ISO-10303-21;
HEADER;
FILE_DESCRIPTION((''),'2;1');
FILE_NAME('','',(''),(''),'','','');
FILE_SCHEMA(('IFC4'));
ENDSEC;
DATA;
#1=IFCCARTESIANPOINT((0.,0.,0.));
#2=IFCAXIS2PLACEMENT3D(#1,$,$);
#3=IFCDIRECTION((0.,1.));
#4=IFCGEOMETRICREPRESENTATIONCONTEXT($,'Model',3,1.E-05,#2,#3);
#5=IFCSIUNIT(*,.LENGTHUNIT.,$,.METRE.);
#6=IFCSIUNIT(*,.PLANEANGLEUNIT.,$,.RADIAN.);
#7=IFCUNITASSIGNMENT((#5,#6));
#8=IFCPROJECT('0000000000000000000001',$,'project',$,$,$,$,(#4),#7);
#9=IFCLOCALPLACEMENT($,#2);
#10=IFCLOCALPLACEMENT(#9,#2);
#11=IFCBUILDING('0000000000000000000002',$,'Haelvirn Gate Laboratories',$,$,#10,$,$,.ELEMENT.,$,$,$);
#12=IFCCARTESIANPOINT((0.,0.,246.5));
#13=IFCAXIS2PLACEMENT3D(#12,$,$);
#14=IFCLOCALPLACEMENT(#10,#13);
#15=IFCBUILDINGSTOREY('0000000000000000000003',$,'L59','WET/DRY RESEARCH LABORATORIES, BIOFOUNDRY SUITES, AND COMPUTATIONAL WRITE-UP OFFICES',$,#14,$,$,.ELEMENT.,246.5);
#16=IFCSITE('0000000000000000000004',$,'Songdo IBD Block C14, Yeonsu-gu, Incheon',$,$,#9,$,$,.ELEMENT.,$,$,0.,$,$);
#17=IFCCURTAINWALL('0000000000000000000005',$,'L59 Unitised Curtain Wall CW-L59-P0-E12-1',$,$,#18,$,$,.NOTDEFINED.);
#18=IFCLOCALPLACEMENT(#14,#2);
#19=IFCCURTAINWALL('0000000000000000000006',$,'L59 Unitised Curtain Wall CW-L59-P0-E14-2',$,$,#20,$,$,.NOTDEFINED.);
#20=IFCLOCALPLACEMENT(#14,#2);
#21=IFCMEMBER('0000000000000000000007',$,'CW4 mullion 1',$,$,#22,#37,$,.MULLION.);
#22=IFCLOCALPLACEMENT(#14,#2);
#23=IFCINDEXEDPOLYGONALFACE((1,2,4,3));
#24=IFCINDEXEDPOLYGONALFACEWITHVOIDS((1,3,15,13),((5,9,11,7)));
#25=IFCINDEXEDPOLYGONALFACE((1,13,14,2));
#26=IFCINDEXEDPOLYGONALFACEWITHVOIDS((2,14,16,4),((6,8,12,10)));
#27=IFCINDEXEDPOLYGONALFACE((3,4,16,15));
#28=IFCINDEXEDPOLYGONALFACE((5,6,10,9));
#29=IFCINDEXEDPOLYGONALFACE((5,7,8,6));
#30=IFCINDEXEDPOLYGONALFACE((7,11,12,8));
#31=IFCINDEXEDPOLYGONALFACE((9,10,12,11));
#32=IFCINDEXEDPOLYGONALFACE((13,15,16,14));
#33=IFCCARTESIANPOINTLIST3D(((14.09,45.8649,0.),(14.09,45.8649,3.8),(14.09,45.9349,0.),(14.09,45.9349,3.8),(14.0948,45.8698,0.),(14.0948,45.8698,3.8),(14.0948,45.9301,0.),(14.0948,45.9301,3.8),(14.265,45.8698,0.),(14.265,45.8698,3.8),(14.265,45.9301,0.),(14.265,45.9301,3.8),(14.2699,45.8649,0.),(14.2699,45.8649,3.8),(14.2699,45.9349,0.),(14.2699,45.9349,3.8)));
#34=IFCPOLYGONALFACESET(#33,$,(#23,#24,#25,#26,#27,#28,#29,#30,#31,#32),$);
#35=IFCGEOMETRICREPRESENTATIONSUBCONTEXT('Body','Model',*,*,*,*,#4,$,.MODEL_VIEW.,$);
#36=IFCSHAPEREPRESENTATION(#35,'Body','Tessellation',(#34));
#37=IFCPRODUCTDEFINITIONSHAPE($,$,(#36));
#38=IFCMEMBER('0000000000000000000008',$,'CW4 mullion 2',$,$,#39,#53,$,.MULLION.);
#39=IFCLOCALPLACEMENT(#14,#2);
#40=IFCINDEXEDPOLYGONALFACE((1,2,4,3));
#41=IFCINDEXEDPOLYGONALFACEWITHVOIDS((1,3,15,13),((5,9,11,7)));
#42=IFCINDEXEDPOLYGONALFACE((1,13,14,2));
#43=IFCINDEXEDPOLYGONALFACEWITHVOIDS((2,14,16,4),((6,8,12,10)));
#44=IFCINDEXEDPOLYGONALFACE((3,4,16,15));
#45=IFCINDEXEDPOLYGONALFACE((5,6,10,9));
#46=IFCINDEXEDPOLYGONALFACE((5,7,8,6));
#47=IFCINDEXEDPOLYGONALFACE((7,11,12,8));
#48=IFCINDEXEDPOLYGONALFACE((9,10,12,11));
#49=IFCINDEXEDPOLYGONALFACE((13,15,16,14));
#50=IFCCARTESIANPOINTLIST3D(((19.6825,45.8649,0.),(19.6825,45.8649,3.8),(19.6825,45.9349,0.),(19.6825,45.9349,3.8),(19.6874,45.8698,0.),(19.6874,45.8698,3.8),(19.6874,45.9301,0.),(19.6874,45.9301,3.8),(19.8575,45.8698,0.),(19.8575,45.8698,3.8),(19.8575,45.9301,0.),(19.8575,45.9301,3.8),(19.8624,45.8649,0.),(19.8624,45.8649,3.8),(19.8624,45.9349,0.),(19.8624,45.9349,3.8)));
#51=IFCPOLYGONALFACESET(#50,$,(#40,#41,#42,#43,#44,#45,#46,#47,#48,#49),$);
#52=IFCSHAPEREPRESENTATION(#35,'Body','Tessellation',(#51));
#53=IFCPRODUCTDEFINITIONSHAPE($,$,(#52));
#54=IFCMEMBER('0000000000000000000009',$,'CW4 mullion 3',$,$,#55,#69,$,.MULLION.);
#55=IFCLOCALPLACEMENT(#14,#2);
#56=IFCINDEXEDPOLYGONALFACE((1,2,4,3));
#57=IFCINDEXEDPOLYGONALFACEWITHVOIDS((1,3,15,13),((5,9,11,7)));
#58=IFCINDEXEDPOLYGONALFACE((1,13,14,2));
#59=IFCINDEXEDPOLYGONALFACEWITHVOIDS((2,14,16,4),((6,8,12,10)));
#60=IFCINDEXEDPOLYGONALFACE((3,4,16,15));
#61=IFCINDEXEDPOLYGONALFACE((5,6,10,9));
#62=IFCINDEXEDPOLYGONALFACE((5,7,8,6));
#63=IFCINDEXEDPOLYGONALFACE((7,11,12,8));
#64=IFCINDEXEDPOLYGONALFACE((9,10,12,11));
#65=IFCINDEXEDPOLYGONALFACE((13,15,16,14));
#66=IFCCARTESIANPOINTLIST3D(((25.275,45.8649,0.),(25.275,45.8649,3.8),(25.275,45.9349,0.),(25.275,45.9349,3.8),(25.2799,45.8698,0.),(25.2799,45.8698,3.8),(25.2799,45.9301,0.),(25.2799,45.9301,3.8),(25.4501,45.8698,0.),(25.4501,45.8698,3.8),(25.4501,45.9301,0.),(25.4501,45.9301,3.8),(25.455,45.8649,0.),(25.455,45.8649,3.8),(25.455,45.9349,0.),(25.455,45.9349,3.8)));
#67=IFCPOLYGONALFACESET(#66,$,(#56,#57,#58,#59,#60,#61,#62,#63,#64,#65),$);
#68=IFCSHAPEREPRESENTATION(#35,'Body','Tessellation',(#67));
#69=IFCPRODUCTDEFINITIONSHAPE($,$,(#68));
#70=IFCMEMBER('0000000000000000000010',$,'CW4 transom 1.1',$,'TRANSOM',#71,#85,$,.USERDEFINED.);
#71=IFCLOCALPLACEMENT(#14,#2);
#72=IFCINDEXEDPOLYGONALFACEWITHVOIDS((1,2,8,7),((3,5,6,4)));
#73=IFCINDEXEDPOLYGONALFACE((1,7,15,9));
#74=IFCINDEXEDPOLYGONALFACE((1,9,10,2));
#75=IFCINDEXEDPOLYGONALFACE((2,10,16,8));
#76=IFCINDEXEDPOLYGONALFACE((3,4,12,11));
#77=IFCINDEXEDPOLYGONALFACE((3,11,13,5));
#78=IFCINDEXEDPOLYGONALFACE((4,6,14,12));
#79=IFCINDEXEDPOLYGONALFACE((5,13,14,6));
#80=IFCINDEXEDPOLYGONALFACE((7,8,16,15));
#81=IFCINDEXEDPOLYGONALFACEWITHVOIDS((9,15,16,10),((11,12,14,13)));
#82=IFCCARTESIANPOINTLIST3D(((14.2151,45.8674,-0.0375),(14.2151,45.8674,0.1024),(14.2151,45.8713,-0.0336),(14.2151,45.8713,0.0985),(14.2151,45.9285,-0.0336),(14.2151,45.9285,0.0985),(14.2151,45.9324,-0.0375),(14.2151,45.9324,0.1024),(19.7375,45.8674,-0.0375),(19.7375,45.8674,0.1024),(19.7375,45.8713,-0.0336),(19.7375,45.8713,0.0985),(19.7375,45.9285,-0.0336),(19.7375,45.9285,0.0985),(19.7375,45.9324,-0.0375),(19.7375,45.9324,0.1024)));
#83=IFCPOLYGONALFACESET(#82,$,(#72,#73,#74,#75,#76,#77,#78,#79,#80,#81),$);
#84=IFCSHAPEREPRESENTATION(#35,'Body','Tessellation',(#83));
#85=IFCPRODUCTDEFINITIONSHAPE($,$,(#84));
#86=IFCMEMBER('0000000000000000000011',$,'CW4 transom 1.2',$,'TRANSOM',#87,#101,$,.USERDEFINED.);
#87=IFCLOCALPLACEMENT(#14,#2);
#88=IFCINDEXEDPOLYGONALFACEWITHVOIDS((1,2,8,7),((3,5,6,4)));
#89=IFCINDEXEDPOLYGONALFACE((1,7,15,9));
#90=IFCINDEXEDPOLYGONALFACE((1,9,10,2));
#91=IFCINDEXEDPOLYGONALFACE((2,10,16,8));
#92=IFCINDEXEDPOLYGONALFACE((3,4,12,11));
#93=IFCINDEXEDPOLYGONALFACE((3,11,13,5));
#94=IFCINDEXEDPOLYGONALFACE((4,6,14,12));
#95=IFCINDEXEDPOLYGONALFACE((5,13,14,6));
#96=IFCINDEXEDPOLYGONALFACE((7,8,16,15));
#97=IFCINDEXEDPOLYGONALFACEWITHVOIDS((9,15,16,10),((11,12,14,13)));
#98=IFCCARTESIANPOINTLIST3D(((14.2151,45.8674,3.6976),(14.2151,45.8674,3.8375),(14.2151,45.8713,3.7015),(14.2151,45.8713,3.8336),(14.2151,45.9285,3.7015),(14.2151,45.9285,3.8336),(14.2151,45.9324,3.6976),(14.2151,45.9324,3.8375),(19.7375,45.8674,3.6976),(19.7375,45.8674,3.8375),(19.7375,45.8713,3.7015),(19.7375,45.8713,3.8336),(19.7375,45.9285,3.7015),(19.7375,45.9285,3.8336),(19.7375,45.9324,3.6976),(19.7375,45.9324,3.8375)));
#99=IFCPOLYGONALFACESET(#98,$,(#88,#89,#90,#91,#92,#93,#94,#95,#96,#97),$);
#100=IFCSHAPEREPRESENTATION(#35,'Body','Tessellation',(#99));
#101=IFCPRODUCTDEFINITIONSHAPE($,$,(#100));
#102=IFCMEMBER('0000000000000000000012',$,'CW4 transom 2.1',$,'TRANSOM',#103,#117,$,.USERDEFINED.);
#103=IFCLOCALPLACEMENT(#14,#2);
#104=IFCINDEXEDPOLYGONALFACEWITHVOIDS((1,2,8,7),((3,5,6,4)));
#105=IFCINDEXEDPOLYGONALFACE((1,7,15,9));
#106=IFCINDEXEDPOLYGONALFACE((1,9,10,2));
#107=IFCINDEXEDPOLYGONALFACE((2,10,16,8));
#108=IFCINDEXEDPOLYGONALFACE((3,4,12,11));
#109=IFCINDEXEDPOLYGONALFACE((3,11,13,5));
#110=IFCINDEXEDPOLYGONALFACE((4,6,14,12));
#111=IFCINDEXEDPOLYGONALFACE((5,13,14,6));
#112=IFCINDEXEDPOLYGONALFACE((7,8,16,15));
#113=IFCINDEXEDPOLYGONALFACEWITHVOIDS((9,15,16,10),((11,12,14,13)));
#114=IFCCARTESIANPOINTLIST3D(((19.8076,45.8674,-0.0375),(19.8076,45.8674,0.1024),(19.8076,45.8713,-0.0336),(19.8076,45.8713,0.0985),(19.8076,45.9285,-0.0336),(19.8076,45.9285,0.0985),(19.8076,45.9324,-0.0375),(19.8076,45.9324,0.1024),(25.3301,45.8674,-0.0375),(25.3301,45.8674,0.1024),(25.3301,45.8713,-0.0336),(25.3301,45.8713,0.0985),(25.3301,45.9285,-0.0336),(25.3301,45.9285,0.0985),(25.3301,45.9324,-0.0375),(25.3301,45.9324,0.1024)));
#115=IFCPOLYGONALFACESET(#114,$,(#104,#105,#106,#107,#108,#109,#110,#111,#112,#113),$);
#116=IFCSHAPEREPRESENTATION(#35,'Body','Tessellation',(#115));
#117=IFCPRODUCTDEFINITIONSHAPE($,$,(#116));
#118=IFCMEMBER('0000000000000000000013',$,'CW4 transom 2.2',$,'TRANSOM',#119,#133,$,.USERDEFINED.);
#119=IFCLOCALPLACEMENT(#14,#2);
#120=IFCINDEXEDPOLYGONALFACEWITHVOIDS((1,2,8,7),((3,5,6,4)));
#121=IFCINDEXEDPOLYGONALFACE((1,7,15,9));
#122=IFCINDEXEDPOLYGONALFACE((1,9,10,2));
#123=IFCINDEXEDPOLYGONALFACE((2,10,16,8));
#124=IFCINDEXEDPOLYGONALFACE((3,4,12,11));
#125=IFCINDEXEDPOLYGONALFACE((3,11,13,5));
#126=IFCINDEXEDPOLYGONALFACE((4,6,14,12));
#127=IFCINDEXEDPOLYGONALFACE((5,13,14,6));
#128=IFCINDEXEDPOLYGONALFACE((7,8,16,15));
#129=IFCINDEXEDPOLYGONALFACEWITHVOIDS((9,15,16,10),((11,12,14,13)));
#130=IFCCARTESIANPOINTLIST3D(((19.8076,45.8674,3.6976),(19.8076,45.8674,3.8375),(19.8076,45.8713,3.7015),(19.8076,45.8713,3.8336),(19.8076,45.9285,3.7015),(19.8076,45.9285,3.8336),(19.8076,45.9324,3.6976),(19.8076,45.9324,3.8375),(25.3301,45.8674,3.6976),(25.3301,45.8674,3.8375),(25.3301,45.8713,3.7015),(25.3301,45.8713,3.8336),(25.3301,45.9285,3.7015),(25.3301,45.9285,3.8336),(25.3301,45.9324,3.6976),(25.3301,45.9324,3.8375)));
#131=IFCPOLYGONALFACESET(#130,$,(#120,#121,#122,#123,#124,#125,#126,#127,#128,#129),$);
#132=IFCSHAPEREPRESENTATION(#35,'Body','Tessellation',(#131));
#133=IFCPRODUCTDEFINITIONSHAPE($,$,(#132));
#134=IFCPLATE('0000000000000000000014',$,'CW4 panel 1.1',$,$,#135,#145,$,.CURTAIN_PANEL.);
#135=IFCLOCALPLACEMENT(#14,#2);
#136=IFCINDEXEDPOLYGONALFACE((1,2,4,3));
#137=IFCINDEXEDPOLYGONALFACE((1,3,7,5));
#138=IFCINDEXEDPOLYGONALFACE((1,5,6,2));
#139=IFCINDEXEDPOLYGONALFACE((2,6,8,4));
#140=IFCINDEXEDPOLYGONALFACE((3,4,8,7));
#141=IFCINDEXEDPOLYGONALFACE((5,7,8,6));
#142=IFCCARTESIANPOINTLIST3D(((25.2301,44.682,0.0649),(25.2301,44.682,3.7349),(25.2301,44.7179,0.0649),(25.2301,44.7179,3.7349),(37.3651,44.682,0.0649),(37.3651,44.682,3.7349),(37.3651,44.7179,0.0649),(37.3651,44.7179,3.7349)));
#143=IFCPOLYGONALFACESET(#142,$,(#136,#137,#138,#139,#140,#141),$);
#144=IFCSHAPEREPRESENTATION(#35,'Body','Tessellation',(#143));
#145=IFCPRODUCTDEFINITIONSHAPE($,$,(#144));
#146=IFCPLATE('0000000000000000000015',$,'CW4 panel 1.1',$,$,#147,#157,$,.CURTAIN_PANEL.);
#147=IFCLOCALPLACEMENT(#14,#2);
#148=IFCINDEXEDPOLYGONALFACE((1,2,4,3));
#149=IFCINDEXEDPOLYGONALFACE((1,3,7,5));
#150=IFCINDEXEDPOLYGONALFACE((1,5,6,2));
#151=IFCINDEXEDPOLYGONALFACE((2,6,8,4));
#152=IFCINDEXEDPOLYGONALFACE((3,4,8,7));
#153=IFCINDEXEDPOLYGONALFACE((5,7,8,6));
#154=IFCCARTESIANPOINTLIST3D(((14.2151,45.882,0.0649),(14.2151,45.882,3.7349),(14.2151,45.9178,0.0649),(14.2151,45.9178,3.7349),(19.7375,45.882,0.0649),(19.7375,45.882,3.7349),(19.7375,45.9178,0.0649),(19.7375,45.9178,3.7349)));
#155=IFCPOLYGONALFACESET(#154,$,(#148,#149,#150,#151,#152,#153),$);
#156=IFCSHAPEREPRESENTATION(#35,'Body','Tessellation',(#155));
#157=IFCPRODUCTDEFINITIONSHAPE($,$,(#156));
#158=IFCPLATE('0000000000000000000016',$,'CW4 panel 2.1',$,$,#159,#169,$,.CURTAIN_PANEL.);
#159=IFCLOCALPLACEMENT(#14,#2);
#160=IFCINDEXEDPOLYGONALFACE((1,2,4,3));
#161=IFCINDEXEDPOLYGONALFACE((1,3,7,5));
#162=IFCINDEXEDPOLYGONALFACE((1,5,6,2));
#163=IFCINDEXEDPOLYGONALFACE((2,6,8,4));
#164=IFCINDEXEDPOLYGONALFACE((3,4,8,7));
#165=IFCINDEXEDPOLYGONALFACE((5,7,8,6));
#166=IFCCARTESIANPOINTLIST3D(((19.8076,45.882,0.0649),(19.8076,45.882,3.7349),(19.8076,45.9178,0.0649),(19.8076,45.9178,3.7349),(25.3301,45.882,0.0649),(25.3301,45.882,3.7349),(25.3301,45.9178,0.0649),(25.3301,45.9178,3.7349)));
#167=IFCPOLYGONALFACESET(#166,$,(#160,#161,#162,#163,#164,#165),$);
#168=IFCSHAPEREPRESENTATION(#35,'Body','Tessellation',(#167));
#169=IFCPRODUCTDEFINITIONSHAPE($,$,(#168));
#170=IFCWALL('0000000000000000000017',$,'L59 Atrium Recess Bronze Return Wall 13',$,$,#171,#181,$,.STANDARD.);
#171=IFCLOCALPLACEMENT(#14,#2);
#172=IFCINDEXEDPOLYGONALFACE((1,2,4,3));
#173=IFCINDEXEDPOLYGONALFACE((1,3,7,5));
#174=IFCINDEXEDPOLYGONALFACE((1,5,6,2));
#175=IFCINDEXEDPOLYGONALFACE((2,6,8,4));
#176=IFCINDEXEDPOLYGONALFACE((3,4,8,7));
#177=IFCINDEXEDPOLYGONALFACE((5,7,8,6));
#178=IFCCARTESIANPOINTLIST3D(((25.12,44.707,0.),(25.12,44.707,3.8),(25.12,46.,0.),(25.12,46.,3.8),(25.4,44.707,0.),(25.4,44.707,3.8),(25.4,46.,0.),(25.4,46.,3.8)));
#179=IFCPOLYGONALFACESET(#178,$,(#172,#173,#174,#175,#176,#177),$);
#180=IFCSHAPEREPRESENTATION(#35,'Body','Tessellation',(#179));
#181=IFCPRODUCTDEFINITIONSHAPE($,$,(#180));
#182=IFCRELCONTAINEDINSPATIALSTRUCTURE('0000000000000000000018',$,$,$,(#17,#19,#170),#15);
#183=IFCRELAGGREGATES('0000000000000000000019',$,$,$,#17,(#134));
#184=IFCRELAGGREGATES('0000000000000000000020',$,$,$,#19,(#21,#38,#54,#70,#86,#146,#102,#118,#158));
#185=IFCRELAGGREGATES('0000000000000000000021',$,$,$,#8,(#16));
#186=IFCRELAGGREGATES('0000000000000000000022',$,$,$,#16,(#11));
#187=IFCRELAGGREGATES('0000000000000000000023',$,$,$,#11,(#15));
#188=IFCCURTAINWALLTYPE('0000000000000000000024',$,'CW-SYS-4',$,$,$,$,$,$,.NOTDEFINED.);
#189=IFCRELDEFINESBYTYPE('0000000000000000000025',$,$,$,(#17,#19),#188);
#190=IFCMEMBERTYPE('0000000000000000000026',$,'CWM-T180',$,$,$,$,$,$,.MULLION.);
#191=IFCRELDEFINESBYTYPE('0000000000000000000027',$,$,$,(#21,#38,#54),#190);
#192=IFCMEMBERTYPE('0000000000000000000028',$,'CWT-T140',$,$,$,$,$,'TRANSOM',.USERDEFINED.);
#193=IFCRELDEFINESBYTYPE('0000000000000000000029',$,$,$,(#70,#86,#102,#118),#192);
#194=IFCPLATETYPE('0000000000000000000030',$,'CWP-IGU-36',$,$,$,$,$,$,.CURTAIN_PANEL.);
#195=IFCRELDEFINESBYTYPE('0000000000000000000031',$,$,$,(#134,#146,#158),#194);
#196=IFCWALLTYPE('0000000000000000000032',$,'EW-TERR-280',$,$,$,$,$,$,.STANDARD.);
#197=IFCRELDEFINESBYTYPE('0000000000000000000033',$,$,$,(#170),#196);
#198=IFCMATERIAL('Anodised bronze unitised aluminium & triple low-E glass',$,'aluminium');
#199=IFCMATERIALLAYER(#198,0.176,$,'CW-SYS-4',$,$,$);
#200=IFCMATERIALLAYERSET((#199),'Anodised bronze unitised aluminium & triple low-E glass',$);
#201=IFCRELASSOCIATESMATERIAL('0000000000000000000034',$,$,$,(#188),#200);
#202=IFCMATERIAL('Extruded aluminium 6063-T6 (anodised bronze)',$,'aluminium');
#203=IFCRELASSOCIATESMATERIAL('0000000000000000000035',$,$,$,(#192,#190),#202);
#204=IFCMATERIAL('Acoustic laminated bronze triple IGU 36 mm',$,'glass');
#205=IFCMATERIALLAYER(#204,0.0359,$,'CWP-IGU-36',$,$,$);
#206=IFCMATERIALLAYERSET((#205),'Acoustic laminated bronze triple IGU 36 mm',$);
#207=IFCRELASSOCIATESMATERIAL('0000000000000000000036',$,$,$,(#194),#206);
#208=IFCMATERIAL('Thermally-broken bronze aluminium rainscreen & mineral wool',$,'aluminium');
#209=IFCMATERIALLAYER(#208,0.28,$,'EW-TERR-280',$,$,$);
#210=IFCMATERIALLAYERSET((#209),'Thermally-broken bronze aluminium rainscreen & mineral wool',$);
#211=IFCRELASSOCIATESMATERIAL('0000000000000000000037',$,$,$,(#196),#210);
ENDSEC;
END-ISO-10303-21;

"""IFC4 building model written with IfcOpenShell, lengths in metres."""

from ifc_helpers import new_model, si_unit, direction, frame, frame_2d, origin, origin_2d, place, context, subcontext, project, spatial, rectangle, hollow_rectangle, extrude, source, transform, mapped, material, layer, layer_set, material_profile, profile_set, type_object, type_shapes, element, aggregate, save


model = new_model("IFC4")

# Units and contexts
model_context = context("Model", 3, precision=1e-05, world=origin(), true_north=direction((0.0, 1.0)))
body_context = subcontext(model_context, "Body", "Model", "MODEL_VIEW")
ifc_project = project(units=[si_unit("LENGTHUNIT", "METRE"), si_unit("PLANEANGLEUNIT", "RADIAN")], contexts=[model_context])

# Site, building, storey
site_placement = place(None, origin())
site = spatial("IfcSite", under=ifc_project, at=site_placement, Name="Songdo IBD Block C14, Yeonsu-gu, Incheon", CompositionType="ELEMENT", RefElevation=0.0)
building_placement = place(site_placement, origin())
building = spatial("IfcBuilding", under=site, at=building_placement, Name="Haelvirn Gate Laboratories", CompositionType="ELEMENT")
storey_placement = place(building_placement, frame((0.0, 0.0, 246.5)))
storey = spatial("IfcBuildingStorey", under=building, at=storey_placement, Name="L59", Description="WET/DRY RESEARCH LABORATORIES, BIOFOUNDRY SUITES, AND COMPUTATIONAL WRITE-UP OFFICES", CompositionType="ELEMENT", Elevation=246.5)

# Curtain walls, members
ifc_material_1 = material(Name="Anodised bronze unitised aluminium & triple low-E glass", Category="aluminium")
ifc_layer_1 = layer(ifc_material_1, 0.176, Name="CW-SYS-4")
ifc_layer_set_1 = layer_set([ifc_layer_1], Name="Anodised bronze unitised aluminium & triple low-E glass")
curtain_wall_type = type_object("IfcCurtainWallType", Name="CW-SYS-4", PredefinedType="NOTDEFINED", material=ifc_layer_set_1)
curtain_wall_1_placement = place(storey_placement, origin())
curtain_wall_1 = element("IfcCurtainWall", 1, at=curtain_wall_1_placement, inside=storey, type_object=curtain_wall_type, Name="L59 Unitised Curtain Wall CW-L59-P0-E12-1", PredefinedType="NOTDEFINED")
ifc_material_2 = material(Name="Extruded aluminium 6063-T6 (anodised bronze)", Category="aluminium")
ifc_material_profile_1 = material_profile(ifc_material_2, hollow_rectangle(XDim=0.0649, YDim=0.1399, WallThickness=0.0039, at=origin_2d()), Name="CWT-140x65x4")
ifc_profile_set_1 = profile_set([ifc_material_profile_1], Name="Extruded aluminium 6063-T6 (anodised bronze)")
member_type_1 = type_object("IfcMemberType", Name="CWT-T140", ElementType="TRANSOM", PredefinedType="USERDEFINED", material=ifc_profile_set_1)
ifc_material_profile_2 = material_profile(ifc_material_2, hollow_rectangle(XDim=0.0701, YDim=0.1799, WallThickness=0.0049, at=origin_2d()), Name="CWM-180x70x5")
ifc_profile_set_2 = profile_set([ifc_material_profile_2], Name="Extruded aluminium 6063-T6 (anodised bronze)")
member_type_2 = type_object("IfcMemberType", Name="CWM-T180", PredefinedType="MULLION", material=ifc_profile_set_2)
shared_shape_1 = source(origin(), body_context, "Body", "SweptSolid", [
    extrude(hollow_rectangle(XDim=0.0701, YDim=0.1799, WallThickness=0.0049, at=origin_2d()), origin(), (0.0, 0.0, 1.0), 3.8),
])
type_shapes(member_type_2, [shared_shape_1])
curtain_wall_2_placement = place(storey_placement, origin())
curtain_wall_2 = element("IfcCurtainWall", 2, at=curtain_wall_2_placement, inside=storey, type_object=curtain_wall_type, Name="L59 Unitised Curtain Wall CW-L59-P0-E14-2", PredefinedType="NOTDEFINED")
member_1_placement = place(storey_placement, frame((14.1799, 45.8999, 0.0), z_axis=(0.0, 0.0, 1.0), x_axis=(0.0, 1.0, 0.0)))
member_1 = element("IfcMember", 3, at=member_1_placement, type_object=member_type_2, Name="CW4 mullion 1", PredefinedType="MULLION", context=body_context, shape_type="MappedRepresentation", body=[
    mapped(shared_shape_1, transform((0.0, 0.0, 0.0), scale=1.0)),
])
member_2_placement = place(storey_placement, frame((19.7725, 45.8999, 0.0), z_axis=(0.0, 0.0, 1.0), x_axis=(0.0, 1.0, 0.0)))
member_2 = element("IfcMember", 4, at=member_2_placement, type_object=member_type_2, Name="CW4 mullion 2", PredefinedType="MULLION", context=body_context, shape_type="MappedRepresentation", body=[
    mapped(shared_shape_1, transform((0.0, 0.0, 0.0), scale=1.0)),
])
member_3_placement = place(storey_placement, frame((25.365, 45.8999, 0.0), z_axis=(0.0, 0.0, 1.0), x_axis=(0.0, 1.0, 0.0)))
member_3 = element("IfcMember", 5, at=member_3_placement, type_object=member_type_2, Name="CW4 mullion 3", PredefinedType="MULLION", context=body_context, shape_type="MappedRepresentation", body=[
    mapped(shared_shape_1, transform((0.0, 0.0, 0.0), scale=1.0)),
])
shared_shape_2 = source(origin(), body_context, "Body", "SweptSolid", [
    extrude(hollow_rectangle(XDim=0.0649, YDim=0.1399, WallThickness=0.0039, at=origin_2d()), origin(), (0.0, 0.0, 1.0), 5.5225),
])
member_4_placement = place(storey_placement, frame((14.2151, 45.8999, 0.0325), z_axis=(1.0, 0.0, 0.0), x_axis=(0.0, 1.0, 0.0)))
member_4 = element("IfcMember", 6, at=member_4_placement, type_object=member_type_1, Name="CW4 transom 1.1", ObjectType="TRANSOM", PredefinedType="USERDEFINED", context=body_context, shape_type="MappedRepresentation", body=[
    mapped(shared_shape_2, transform((0.0, 0.0, 0.0), scale=1.0)),
])
member_5_placement = place(storey_placement, frame((14.2151, 45.8999, 3.7676), z_axis=(1.0, 0.0, 0.0), x_axis=(0.0, 1.0, 0.0)))
member_5 = element("IfcMember", 7, at=member_5_placement, type_object=member_type_1, Name="CW4 transom 1.2", ObjectType="TRANSOM", PredefinedType="USERDEFINED", context=body_context, shape_type="MappedRepresentation", body=[
    mapped(shared_shape_2, transform((0.0, 0.0, 0.0), scale=1.0)),
])
member_6_placement = place(storey_placement, frame((19.8076, 45.8999, 0.0325), z_axis=(1.0, 0.0, 0.0), x_axis=(0.0, 1.0, 0.0)))
member_6 = element("IfcMember", 8, at=member_6_placement, type_object=member_type_1, Name="CW4 transom 2.1", ObjectType="TRANSOM", PredefinedType="USERDEFINED", context=body_context, shape_type="MappedRepresentation", body=[
    mapped(shared_shape_2, transform((0.0, 0.0, 0.0), scale=1.0)),
])
member_7_placement = place(storey_placement, frame((19.8076, 45.8999, 3.7676), z_axis=(1.0, 0.0, 0.0), x_axis=(0.0, 1.0, 0.0)))
member_7 = element("IfcMember", 9, at=member_7_placement, type_object=member_type_1, Name="CW4 transom 2.2", ObjectType="TRANSOM", PredefinedType="USERDEFINED", context=body_context, shape_type="MappedRepresentation", body=[
    mapped(shared_shape_2, transform((0.0, 0.0, 0.0), scale=1.0)),
])

# Plates
ifc_material_3 = material(Name="Acoustic laminated bronze triple IGU 36 mm", Category="glass")
ifc_layer_2 = layer(ifc_material_3, 0.0359, Name="CWP-IGU-36")
ifc_layer_set_2 = layer_set([ifc_layer_2], Name="Acoustic laminated bronze triple IGU 36 mm")
plate_type = type_object("IfcPlateType", Name="CWP-IGU-36", PredefinedType="CURTAIN_PANEL", material=ifc_layer_set_2)
shared_shape_3 = source(origin(), body_context, "Body", "SweptSolid", [
    extrude(rectangle(XDim=12.135, YDim=0.0359, at=origin_2d()), origin(), (0.0, 0.0, 1.0), 3.6699),
])
plate_1_placement = place(storey_placement, frame((31.2976, 44.7, 0.0649), z_axis=(0.0, 0.0, 1.0), x_axis=(1.0, 0.0, 0.0)))
plate_1 = element("IfcPlate", 10, at=plate_1_placement, type_object=plate_type, Name="CW4 panel 1.1", PredefinedType="CURTAIN_PANEL", context=body_context, shape_type="MappedRepresentation", body=[
    mapped(shared_shape_3, transform((0.0, 0.0, 0.0), scale=1.0)),
])
aggregate(curtain_wall_1, [plate_1])
shared_shape_4 = source(origin(), body_context, "Body", "SweptSolid", [
    extrude(rectangle(XDim=5.5225, YDim=0.0359, at=origin_2d()), origin(), (0.0, 0.0, 1.0), 3.6699),
])
type_shapes(plate_type, [shared_shape_3, shared_shape_4])
plate_2_placement = place(storey_placement, frame((16.9763, 45.8999, 0.0649), z_axis=(0.0, 0.0, 1.0), x_axis=(1.0, 0.0, 0.0)))
plate_2 = element("IfcPlate", 11, at=plate_2_placement, type_object=plate_type, Name="CW4 panel 1.1", PredefinedType="CURTAIN_PANEL", context=body_context, shape_type="MappedRepresentation", body=[
    mapped(shared_shape_4, transform((0.0, 0.0, 0.0), scale=1.0)),
])
plate_3_placement = place(storey_placement, frame((22.5688, 45.8999, 0.0649), z_axis=(0.0, 0.0, 1.0), x_axis=(1.0, 0.0, 0.0)))
plate_3 = element("IfcPlate", 12, at=plate_3_placement, type_object=plate_type, Name="CW4 panel 2.1", PredefinedType="CURTAIN_PANEL", context=body_context, shape_type="MappedRepresentation", body=[
    mapped(shared_shape_4, transform((0.0, 0.0, 0.0), scale=1.0)),
])
aggregate(curtain_wall_2, [member_1, member_2, member_3, member_4, member_5, plate_2, member_6, member_7, plate_3])

# Wall
ifc_material_4 = material(Name="Thermally-broken bronze aluminium rainscreen & mineral wool", Category="aluminium")
ifc_layer_3 = layer(ifc_material_4, 0.28, Name="EW-TERR-280")
ifc_layer_set_3 = layer_set([ifc_layer_3], Name="Thermally-broken bronze aluminium rainscreen & mineral wool")
wall_type_1 = type_object("IfcWallType", Name="EW-TERR-280", PredefinedType="STANDARD", material=ifc_layer_set_3)
wall_1_placement = place(storey_placement, frame((25.26, 44.707, 0.0), z_axis=(0.0, 0.0, 1.0), x_axis=(0.0, 1.0, 0.0)))
element("IfcWall", 13, at=wall_1_placement, inside=storey, type_object=wall_type_1, Name="L59 Atrium Recess Bronze Return Wall 13", PredefinedType="STANDARD", context=body_context, shape_type="SweptSolid", body=[
    extrude(rectangle(XDim=1.293, YDim=0.28, at=frame_2d((0.6465, 0.0))), origin(), (0.0, 0.0, 1.0), 3.8),
])

save(model, "model.ifc")
